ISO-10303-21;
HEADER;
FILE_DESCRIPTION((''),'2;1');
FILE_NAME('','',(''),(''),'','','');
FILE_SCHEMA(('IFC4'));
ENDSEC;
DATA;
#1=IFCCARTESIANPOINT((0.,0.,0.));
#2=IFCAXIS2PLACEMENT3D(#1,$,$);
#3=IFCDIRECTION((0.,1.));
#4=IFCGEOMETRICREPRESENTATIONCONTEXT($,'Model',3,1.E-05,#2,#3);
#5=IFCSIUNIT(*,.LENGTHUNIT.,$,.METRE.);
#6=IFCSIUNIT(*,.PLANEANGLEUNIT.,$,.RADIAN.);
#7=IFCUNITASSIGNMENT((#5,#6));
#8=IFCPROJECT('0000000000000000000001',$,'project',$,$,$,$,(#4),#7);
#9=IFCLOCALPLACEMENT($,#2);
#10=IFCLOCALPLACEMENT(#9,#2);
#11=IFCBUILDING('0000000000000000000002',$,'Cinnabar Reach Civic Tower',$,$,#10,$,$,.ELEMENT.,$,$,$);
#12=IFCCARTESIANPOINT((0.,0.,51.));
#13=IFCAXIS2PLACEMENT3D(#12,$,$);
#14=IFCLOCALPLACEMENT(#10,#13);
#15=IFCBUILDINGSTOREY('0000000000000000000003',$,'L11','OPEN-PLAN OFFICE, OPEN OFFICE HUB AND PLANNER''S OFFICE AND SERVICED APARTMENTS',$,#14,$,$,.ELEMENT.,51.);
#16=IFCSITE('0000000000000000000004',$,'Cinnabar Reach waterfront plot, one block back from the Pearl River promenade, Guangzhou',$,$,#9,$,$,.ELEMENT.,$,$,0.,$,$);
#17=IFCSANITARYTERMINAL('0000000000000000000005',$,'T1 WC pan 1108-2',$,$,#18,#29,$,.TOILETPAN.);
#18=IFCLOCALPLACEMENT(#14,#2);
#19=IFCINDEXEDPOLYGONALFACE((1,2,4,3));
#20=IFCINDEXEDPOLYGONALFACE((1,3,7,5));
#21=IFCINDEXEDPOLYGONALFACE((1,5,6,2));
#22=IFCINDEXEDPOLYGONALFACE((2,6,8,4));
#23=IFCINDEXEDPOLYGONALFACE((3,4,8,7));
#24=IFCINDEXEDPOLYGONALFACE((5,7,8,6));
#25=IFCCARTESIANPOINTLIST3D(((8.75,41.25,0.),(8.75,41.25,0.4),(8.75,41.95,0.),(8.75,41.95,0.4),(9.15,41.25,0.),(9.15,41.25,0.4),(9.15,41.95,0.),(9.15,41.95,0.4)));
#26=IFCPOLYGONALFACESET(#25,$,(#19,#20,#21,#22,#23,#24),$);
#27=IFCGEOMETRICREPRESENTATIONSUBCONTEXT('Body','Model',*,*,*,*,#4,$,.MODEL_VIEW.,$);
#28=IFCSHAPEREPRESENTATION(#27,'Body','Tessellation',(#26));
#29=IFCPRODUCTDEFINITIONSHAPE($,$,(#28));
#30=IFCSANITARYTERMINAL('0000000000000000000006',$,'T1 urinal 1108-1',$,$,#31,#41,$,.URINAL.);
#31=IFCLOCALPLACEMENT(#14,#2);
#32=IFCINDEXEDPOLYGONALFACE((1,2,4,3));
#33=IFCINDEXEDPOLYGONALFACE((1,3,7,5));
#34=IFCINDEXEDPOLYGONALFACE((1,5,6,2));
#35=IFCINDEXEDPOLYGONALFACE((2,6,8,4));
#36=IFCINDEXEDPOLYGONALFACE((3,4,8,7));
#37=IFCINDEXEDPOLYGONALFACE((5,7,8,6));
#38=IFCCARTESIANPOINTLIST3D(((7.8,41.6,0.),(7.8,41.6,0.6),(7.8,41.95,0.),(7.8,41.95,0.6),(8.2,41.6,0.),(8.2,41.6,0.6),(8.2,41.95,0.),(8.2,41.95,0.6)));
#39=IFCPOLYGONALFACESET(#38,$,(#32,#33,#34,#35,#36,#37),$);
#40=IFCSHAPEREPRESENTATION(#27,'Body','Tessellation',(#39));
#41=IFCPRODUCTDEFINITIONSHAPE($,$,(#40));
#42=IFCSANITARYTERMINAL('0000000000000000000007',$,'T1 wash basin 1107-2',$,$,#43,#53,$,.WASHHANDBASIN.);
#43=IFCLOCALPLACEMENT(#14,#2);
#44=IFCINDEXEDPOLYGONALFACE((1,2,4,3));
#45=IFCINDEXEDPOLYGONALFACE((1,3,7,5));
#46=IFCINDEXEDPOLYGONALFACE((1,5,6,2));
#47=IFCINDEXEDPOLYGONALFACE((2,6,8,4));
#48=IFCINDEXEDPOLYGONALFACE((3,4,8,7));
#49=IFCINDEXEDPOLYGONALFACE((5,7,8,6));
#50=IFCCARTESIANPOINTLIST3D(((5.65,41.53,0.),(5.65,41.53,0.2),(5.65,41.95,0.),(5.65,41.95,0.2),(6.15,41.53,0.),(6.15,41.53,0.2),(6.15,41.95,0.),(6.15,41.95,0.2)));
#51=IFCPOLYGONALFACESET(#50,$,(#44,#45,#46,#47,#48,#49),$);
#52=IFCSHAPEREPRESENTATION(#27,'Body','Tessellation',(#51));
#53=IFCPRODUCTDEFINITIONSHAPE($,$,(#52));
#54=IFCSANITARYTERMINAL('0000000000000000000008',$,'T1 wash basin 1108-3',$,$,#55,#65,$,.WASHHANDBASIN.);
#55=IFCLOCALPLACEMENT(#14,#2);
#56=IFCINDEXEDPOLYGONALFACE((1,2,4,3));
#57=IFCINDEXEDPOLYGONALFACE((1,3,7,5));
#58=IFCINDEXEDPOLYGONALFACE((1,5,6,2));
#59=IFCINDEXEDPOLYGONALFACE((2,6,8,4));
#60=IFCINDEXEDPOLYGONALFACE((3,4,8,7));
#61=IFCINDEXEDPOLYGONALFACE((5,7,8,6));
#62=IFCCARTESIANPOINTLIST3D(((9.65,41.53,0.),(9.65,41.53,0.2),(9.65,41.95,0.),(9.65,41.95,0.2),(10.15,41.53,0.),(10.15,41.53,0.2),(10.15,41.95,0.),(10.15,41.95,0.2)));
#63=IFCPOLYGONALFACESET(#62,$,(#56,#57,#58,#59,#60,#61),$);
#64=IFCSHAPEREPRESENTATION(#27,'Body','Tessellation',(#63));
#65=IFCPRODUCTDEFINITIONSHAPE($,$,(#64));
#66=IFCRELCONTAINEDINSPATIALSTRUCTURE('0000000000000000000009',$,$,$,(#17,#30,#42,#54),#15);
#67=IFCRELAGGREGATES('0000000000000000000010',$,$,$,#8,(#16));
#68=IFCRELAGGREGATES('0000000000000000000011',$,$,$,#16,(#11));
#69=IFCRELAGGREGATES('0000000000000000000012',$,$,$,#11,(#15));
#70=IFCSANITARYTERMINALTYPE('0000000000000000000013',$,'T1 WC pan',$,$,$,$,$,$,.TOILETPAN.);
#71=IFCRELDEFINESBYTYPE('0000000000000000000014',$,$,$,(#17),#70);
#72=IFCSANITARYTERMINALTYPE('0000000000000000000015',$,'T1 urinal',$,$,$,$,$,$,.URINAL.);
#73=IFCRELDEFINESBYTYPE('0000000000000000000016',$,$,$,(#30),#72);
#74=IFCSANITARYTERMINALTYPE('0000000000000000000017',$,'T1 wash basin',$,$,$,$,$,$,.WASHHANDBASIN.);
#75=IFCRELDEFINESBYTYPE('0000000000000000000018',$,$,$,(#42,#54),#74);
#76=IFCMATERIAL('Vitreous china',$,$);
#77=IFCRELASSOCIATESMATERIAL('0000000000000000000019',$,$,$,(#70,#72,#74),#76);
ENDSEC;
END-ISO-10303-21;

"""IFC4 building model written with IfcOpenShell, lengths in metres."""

from ifc_helpers import new_model, si_unit, direction, frame, origin, origin_2d, place, context, subcontext, project, spatial, rectangle, extrude, material, type_object, element, save


model = new_model("IFC4")

# Units and contexts
model_context = context("Model", 3, precision=1e-05, world=origin(), true_north=direction((0.0, 1.0)))
body_context = subcontext(model_context, "Body", "Model", "MODEL_VIEW")
ifc_project = project(units=[si_unit("LENGTHUNIT", "METRE"), si_unit("PLANEANGLEUNIT", "RADIAN")], contexts=[model_context])

# Site, building, storey
site_placement = place(None, origin())
site = spatial("IfcSite", under=ifc_project, at=site_placement, Name="Cinnabar Reach waterfront plot, one block back from the Pearl River promenade, Guangzhou", CompositionType="ELEMENT", RefElevation=0.0)
building_placement = place(site_placement, origin())
building = spatial("IfcBuilding", under=site, at=building_placement, Name="Cinnabar Reach Civic Tower", CompositionType="ELEMENT")
storey_placement = place(building_placement, frame((0.0, 0.0, 51.0)))
storey = spatial("IfcBuildingStorey", under=building, at=storey_placement, Name="L11", Description="OPEN-PLAN OFFICE, OPEN OFFICE HUB AND PLANNER'S OFFICE AND SERVICED APARTMENTS", CompositionType="ELEMENT", Elevation=51.0)

# Sanitary terminals
ifc_material_1 = material(Name="Vitreous china")
sanitary_terminal_type_1 = type_object("IfcSanitaryTerminalType", Name="T1 WC pan", PredefinedType="TOILETPAN", material=ifc_material_1)
for number, where, z_axis, x_axis, name in (
    (1, (8.95, 41.6, 0.0), (0.0, 0.0, 1.0), (1.0, 0.0, 0.0), "T1 WC pan 1108-2"),
):
    element("IfcSanitaryTerminal", number, at=place(storey_placement, frame(where, z_axis=z_axis, x_axis=x_axis)), inside=storey, type_object=sanitary_terminal_type_1, Name=name, PredefinedType="TOILETPAN", context=body_context, shape_type="SweptSolid", body=[
        extrude(rectangle(XDim=0.4, YDim=0.7, at=origin_2d()), origin(), (0.0, 0.0, 1.0), 0.4),
    ])
sanitary_terminal_type_2 = type_object("IfcSanitaryTerminalType", Name="T1 urinal", PredefinedType="URINAL", material=ifc_material_1)
sanitary_terminal_placement = place(storey_placement, frame((8.0, 41.775, 0.0), z_axis=(0.0, 0.0, 1.0), x_axis=(1.0, 0.0, 0.0)))
element("IfcSanitaryTerminal", 2, at=sanitary_terminal_placement, inside=storey, type_object=sanitary_terminal_type_2, Name="T1 urinal 1108-1", PredefinedType="URINAL", context=body_context, shape_type="SweptSolid", body=[
    extrude(rectangle(XDim=0.4, YDim=0.35, at=origin_2d()), origin(), (0.0, 0.0, 1.0), 0.6),
])
sanitary_terminal_type_3 = type_object("IfcSanitaryTerminalType", Name="T1 wash basin", PredefinedType="WASHHANDBASIN", material=ifc_material_1)
for number, where, z_axis, x_axis, name in (
    (3, (5.9, 41.74, 0.0), (0.0, 0.0, 1.0), (1.0, 0.0, 0.0), "T1 wash basin 1107-2"),
    (4, (9.9, 41.74, 0.0), (0.0, 0.0, 1.0), (1.0, 0.0, 0.0), "T1 wash basin 1108-3"),
):
    element("IfcSanitaryTerminal", number, at=place(storey_placement, frame(where, z_axis=z_axis, x_axis=x_axis)), inside=storey, type_object=sanitary_terminal_type_3, Name=name, PredefinedType="WASHHANDBASIN", context=body_context, shape_type="SweptSolid", body=[
        extrude(rectangle(XDim=0.5, YDim=0.42, at=origin_2d()), origin(), (0.0, 0.0, 1.0), 0.2),
    ])

save(model, "model.ifc")
